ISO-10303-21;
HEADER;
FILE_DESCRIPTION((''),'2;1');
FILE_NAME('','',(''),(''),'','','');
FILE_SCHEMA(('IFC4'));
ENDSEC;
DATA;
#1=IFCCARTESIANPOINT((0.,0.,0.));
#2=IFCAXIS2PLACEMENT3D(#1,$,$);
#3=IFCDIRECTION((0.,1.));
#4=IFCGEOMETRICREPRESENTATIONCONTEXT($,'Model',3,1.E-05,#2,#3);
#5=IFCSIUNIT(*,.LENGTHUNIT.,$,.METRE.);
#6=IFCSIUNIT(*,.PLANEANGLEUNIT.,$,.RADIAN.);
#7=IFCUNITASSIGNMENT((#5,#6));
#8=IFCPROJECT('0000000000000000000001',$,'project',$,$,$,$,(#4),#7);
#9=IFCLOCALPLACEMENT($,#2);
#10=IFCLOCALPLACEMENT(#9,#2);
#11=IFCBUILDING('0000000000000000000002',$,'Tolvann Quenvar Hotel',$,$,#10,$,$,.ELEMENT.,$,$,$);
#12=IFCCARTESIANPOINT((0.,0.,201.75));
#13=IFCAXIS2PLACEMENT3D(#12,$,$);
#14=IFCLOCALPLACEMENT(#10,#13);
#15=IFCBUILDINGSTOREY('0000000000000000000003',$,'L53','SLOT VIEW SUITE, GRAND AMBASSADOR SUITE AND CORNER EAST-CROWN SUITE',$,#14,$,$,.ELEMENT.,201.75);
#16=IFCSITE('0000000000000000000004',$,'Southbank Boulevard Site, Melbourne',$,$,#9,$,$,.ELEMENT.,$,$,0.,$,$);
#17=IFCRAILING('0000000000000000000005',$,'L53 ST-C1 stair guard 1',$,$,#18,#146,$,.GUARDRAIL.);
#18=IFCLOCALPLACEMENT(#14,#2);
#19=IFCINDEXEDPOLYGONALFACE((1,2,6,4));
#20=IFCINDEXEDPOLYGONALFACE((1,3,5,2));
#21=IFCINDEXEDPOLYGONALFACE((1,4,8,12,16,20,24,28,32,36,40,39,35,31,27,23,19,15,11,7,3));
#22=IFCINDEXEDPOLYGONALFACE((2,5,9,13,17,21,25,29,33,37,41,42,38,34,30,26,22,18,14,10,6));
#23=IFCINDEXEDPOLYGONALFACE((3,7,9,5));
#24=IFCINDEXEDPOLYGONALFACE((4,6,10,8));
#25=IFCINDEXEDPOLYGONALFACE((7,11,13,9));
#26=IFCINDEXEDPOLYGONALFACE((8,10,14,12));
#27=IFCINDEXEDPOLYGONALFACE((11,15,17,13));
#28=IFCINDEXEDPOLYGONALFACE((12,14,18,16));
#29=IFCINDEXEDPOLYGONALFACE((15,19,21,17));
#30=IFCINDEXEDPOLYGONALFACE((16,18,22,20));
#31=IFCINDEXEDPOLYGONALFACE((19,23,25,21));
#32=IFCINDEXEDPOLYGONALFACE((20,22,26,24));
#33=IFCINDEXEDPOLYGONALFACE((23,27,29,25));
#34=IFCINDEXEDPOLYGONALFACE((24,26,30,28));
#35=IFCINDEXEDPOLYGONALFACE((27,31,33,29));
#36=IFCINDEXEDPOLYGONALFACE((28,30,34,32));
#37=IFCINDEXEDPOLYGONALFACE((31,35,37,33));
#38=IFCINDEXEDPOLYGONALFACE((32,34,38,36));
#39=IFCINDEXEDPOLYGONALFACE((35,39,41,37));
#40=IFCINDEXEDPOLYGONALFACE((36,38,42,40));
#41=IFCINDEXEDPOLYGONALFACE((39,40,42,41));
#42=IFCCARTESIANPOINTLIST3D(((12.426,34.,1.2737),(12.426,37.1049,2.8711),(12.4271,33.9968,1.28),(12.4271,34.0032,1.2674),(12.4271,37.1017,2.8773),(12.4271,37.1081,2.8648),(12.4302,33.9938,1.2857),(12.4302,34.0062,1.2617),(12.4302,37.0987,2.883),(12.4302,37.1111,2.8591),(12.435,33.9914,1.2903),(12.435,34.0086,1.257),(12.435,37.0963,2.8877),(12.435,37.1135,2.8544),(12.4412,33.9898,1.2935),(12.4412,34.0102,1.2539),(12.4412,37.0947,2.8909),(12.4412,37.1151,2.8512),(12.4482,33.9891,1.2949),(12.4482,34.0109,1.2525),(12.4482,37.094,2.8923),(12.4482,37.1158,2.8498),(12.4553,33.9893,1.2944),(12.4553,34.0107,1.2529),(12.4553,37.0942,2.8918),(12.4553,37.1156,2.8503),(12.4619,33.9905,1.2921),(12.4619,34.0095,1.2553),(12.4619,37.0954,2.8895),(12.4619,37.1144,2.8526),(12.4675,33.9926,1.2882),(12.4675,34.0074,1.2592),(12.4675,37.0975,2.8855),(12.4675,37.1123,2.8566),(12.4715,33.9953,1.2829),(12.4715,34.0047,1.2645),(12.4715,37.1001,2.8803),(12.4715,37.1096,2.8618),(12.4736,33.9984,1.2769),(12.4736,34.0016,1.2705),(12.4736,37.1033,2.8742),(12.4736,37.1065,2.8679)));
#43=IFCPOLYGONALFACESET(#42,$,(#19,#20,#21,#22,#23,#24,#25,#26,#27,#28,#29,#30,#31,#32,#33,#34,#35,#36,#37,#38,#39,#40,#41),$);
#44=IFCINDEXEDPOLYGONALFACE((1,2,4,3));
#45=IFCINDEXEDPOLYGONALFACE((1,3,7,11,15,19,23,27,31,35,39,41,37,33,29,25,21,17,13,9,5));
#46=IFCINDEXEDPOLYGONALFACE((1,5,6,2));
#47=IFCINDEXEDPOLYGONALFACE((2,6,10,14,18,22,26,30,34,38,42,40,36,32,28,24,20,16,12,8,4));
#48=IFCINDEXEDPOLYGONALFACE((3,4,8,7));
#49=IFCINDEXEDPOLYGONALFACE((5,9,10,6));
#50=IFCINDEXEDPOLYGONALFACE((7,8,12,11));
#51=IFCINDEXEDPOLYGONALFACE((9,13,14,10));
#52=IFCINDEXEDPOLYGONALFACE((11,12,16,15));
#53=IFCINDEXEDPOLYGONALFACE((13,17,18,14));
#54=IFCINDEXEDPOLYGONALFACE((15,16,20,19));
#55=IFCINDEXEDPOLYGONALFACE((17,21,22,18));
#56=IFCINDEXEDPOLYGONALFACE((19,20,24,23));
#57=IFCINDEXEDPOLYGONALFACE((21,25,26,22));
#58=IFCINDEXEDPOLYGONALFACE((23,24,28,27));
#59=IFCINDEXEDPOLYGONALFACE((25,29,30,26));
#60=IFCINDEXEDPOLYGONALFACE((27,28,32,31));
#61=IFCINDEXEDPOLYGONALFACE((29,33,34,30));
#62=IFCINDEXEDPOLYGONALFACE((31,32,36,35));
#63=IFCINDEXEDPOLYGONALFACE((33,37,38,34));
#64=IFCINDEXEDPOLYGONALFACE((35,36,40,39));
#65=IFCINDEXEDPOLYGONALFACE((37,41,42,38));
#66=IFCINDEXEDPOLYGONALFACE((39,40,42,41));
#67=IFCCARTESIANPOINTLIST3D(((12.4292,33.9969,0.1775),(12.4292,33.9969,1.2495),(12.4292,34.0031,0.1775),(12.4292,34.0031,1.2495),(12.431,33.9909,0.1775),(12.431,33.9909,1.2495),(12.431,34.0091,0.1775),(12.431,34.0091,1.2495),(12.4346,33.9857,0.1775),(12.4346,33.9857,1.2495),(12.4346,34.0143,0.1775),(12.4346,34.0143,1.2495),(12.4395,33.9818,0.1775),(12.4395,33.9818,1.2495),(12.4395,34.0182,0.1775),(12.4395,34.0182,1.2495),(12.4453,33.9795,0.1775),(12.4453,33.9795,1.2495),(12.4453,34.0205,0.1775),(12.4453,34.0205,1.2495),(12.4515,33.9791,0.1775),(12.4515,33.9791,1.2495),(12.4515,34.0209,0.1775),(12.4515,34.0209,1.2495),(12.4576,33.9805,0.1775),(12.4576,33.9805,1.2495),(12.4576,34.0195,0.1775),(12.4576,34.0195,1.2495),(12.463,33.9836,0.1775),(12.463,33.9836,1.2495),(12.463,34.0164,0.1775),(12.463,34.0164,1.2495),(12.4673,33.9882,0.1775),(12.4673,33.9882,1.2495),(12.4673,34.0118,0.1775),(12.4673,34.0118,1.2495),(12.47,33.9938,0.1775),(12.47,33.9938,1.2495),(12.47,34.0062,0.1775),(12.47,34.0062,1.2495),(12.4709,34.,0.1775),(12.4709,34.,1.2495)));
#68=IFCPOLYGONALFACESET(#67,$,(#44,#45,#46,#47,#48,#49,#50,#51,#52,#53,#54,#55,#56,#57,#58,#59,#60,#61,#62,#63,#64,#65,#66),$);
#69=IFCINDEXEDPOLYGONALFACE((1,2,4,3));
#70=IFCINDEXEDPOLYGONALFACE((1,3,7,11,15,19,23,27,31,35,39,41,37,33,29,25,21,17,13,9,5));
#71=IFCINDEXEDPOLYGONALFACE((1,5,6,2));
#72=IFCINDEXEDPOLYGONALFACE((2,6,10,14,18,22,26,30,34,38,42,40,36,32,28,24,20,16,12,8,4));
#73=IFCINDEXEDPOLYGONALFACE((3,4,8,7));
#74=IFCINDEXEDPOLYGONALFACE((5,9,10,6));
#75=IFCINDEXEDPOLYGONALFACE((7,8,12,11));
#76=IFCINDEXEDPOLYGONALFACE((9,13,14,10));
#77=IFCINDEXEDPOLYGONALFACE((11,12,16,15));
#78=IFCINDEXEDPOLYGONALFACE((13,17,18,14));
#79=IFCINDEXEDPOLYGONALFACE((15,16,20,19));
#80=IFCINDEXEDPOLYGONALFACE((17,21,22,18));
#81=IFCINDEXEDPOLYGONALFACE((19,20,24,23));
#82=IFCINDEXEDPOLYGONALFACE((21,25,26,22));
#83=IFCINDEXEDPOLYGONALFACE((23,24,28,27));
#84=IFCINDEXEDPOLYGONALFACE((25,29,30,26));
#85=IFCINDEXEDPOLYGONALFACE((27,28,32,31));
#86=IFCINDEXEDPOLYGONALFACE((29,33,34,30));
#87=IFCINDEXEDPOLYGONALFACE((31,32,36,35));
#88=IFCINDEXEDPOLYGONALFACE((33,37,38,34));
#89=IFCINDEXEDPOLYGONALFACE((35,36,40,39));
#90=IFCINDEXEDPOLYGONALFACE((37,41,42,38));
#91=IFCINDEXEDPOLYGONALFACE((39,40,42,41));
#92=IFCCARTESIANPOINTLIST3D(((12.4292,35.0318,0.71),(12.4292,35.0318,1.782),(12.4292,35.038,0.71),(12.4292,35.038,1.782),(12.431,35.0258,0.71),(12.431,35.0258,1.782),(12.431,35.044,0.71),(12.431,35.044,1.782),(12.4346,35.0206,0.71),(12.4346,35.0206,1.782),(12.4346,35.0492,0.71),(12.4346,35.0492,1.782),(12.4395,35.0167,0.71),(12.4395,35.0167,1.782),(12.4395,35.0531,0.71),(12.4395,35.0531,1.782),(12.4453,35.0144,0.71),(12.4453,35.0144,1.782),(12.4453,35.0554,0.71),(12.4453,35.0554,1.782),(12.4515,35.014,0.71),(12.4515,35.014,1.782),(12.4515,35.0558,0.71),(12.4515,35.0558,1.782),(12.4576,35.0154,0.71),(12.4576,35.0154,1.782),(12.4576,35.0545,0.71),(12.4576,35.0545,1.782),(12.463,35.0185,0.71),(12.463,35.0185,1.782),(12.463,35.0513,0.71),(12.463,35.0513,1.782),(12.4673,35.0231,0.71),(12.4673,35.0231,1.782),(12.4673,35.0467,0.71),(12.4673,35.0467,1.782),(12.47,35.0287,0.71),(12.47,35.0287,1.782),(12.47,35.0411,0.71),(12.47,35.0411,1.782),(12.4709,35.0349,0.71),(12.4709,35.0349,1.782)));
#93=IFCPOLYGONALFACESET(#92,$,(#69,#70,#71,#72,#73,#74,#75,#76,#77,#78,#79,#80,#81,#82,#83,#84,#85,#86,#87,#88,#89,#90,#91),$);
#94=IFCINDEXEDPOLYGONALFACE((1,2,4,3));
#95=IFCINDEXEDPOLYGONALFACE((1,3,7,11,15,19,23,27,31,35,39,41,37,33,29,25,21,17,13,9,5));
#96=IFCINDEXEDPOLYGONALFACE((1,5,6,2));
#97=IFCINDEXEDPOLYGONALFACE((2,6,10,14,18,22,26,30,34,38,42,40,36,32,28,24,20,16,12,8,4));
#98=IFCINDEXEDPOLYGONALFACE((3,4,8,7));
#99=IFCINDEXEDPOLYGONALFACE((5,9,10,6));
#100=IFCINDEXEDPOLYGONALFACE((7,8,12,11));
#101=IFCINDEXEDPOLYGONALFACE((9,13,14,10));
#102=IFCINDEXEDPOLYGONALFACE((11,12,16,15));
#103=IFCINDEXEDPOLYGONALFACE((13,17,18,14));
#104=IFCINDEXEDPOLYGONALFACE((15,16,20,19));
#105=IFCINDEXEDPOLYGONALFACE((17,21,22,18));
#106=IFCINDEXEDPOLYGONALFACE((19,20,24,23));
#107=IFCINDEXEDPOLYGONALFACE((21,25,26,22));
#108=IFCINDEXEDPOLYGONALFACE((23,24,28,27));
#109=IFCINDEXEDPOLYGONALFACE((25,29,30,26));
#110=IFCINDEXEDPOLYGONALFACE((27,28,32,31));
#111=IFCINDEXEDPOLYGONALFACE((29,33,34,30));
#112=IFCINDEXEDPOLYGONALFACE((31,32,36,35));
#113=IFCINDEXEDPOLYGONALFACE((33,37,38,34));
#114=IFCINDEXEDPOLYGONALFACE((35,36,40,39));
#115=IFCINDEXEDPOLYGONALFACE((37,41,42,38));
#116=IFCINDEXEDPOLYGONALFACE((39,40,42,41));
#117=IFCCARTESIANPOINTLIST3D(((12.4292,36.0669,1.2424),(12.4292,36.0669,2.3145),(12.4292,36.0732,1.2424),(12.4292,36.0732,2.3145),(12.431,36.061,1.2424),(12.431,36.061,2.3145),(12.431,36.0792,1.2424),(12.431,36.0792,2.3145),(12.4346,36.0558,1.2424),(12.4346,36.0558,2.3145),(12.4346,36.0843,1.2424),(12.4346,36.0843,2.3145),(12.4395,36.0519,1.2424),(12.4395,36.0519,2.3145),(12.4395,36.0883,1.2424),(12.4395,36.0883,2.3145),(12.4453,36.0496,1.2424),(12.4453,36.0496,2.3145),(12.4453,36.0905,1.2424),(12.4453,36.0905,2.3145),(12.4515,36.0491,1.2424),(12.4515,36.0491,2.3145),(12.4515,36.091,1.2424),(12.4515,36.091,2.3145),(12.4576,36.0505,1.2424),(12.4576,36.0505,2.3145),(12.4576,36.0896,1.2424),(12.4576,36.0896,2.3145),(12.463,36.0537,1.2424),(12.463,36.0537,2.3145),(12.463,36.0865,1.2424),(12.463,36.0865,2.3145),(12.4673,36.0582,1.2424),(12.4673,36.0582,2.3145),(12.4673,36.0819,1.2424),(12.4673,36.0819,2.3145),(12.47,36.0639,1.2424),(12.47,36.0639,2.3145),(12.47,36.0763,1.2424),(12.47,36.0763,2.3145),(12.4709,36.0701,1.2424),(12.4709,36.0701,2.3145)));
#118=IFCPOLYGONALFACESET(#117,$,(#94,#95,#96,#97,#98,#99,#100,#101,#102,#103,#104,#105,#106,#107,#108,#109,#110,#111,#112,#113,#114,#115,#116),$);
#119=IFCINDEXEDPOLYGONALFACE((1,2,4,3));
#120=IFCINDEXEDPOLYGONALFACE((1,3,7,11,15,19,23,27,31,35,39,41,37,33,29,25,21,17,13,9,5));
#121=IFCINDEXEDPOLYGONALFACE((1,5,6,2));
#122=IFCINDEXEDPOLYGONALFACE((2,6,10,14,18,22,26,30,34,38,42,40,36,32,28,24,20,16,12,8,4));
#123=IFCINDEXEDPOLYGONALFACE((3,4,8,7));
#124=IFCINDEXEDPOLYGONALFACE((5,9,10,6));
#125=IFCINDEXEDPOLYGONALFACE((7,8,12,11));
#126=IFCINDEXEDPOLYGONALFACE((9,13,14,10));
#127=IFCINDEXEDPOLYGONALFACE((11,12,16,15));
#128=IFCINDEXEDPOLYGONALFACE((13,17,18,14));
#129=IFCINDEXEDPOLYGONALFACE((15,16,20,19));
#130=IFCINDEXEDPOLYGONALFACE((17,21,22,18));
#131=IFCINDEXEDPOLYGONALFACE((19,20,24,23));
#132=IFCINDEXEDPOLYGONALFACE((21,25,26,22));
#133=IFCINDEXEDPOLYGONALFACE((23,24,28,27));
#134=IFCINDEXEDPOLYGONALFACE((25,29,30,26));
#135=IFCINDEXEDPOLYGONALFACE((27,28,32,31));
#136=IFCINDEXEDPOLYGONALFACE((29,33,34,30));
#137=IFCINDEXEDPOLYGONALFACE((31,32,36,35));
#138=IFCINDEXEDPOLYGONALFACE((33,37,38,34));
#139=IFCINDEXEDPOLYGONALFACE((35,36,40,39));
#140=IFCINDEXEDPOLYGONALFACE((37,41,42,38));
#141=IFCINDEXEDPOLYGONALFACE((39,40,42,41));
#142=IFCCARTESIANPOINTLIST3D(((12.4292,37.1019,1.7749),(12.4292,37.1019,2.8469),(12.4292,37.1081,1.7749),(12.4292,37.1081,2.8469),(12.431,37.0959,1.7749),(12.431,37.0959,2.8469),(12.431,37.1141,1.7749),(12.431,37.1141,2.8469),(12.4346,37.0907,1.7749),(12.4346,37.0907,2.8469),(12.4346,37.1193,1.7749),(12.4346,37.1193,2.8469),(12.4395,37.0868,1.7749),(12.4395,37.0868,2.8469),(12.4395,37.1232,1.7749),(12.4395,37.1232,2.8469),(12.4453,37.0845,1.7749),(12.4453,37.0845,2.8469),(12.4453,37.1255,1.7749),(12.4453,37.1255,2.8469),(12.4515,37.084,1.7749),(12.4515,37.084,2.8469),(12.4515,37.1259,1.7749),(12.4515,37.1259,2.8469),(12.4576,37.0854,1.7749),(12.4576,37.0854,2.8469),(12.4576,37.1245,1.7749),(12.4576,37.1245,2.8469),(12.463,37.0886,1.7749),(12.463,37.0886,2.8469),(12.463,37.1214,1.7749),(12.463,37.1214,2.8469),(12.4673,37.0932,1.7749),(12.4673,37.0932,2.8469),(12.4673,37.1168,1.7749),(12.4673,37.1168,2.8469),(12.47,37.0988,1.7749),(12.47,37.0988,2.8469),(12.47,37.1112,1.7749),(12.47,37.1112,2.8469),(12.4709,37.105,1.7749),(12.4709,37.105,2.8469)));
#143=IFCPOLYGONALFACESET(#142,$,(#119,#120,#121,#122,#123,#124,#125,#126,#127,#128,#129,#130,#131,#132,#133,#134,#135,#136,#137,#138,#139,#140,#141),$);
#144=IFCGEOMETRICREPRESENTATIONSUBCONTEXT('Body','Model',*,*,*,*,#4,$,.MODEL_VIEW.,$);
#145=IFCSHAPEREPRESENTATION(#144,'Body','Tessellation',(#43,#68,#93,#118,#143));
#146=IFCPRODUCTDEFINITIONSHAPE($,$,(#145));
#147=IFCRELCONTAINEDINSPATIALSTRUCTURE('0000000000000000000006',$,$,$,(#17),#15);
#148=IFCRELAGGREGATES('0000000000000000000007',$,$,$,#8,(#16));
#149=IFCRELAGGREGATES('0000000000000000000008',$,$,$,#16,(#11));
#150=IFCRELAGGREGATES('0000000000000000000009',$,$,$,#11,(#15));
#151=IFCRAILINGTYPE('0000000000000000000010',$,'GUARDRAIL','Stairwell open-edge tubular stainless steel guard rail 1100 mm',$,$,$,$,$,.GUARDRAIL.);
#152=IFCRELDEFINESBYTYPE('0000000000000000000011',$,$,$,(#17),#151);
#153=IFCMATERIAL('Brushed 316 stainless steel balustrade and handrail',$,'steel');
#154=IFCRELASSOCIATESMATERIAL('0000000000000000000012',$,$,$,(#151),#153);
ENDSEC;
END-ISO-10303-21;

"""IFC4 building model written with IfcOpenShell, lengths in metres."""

from ifc_helpers import new_model, si_unit, direction, frame, origin, origin_2d, place, context, subcontext, project, spatial, circle, extrude, material, type_object, element, save


model = new_model("IFC4")

# Units and contexts
model_context = context("Model", 3, precision=1e-05, world=origin(), true_north=direction((0.0, 1.0)))
body_context = subcontext(model_context, "Body", "Model", "MODEL_VIEW")
ifc_project = project(units=[si_unit("LENGTHUNIT", "METRE"), si_unit("PLANEANGLEUNIT", "RADIAN")], contexts=[model_context])

# Site, building, storey
site_placement = place(None, origin())
site = spatial("IfcSite", under=ifc_project, at=site_placement, Name="Southbank Boulevard Site, Melbourne", CompositionType="ELEMENT", RefElevation=0.0)
building_placement = place(site_placement, origin())
building = spatial("IfcBuilding", under=site, at=building_placement, Name="Tolvann Quenvar Hotel", CompositionType="ELEMENT")
storey_placement = place(building_placement, frame((0.0, 0.0, 201.75)))
storey = spatial("IfcBuildingStorey", under=building, at=storey_placement, Name="L53", Description="SLOT VIEW SUITE, GRAND AMBASSADOR SUITE AND CORNER EAST-CROWN SUITE", CompositionType="ELEMENT", Elevation=201.75)

# Railing
ifc_material_1 = material(Name="Brushed 316 stainless steel balustrade and handrail", Category="steel")
railing_type_1 = type_object("IfcRailingType", Name="GUARDRAIL", Description="Stairwell open-edge tubular stainless steel guard rail 1100 mm", PredefinedType="GUARDRAIL", material=ifc_material_1)
railing_1_placement = place(storey_placement, frame((12.45, 34.0, 0.1775)))
element("IfcRailing", 1, at=railing_1_placement, inside=storey, type_object=railing_type_1, Name="L53 ST-C1 stair guard 1", PredefinedType="GUARDRAIL", context=body_context, shape_type="SweptSolid", body=[
    extrude(circle(Radius=0.0239, at=origin_2d()), frame((0.0, 0.0, 1.0962), z_axis=(0.0, 0.889222, 0.457476), x_axis=(-1.0, 0.0, 0.0)), (0.0, 0.0, 1.0), 3.4917),
    extrude(circle(Radius=0.021, at=origin_2d()), origin(), (0.0, 0.0, 1.0), 1.072),
    extrude(circle(Radius=0.021, at=origin_2d()), frame((0.0, 1.0349, 0.5325)), (0.0, 0.0, 1.0), 1.072),
    extrude(circle(Radius=0.021, at=origin_2d()), frame((0.0, 2.0701, 1.0649)), (0.0, 0.0, 1.0), 1.072),
    extrude(circle(Radius=0.021, at=origin_2d()), frame((0.0, 3.105, 1.5974)), (0.0, 0.0, 1.0), 1.072),
])

save(model, "model.ifc")
